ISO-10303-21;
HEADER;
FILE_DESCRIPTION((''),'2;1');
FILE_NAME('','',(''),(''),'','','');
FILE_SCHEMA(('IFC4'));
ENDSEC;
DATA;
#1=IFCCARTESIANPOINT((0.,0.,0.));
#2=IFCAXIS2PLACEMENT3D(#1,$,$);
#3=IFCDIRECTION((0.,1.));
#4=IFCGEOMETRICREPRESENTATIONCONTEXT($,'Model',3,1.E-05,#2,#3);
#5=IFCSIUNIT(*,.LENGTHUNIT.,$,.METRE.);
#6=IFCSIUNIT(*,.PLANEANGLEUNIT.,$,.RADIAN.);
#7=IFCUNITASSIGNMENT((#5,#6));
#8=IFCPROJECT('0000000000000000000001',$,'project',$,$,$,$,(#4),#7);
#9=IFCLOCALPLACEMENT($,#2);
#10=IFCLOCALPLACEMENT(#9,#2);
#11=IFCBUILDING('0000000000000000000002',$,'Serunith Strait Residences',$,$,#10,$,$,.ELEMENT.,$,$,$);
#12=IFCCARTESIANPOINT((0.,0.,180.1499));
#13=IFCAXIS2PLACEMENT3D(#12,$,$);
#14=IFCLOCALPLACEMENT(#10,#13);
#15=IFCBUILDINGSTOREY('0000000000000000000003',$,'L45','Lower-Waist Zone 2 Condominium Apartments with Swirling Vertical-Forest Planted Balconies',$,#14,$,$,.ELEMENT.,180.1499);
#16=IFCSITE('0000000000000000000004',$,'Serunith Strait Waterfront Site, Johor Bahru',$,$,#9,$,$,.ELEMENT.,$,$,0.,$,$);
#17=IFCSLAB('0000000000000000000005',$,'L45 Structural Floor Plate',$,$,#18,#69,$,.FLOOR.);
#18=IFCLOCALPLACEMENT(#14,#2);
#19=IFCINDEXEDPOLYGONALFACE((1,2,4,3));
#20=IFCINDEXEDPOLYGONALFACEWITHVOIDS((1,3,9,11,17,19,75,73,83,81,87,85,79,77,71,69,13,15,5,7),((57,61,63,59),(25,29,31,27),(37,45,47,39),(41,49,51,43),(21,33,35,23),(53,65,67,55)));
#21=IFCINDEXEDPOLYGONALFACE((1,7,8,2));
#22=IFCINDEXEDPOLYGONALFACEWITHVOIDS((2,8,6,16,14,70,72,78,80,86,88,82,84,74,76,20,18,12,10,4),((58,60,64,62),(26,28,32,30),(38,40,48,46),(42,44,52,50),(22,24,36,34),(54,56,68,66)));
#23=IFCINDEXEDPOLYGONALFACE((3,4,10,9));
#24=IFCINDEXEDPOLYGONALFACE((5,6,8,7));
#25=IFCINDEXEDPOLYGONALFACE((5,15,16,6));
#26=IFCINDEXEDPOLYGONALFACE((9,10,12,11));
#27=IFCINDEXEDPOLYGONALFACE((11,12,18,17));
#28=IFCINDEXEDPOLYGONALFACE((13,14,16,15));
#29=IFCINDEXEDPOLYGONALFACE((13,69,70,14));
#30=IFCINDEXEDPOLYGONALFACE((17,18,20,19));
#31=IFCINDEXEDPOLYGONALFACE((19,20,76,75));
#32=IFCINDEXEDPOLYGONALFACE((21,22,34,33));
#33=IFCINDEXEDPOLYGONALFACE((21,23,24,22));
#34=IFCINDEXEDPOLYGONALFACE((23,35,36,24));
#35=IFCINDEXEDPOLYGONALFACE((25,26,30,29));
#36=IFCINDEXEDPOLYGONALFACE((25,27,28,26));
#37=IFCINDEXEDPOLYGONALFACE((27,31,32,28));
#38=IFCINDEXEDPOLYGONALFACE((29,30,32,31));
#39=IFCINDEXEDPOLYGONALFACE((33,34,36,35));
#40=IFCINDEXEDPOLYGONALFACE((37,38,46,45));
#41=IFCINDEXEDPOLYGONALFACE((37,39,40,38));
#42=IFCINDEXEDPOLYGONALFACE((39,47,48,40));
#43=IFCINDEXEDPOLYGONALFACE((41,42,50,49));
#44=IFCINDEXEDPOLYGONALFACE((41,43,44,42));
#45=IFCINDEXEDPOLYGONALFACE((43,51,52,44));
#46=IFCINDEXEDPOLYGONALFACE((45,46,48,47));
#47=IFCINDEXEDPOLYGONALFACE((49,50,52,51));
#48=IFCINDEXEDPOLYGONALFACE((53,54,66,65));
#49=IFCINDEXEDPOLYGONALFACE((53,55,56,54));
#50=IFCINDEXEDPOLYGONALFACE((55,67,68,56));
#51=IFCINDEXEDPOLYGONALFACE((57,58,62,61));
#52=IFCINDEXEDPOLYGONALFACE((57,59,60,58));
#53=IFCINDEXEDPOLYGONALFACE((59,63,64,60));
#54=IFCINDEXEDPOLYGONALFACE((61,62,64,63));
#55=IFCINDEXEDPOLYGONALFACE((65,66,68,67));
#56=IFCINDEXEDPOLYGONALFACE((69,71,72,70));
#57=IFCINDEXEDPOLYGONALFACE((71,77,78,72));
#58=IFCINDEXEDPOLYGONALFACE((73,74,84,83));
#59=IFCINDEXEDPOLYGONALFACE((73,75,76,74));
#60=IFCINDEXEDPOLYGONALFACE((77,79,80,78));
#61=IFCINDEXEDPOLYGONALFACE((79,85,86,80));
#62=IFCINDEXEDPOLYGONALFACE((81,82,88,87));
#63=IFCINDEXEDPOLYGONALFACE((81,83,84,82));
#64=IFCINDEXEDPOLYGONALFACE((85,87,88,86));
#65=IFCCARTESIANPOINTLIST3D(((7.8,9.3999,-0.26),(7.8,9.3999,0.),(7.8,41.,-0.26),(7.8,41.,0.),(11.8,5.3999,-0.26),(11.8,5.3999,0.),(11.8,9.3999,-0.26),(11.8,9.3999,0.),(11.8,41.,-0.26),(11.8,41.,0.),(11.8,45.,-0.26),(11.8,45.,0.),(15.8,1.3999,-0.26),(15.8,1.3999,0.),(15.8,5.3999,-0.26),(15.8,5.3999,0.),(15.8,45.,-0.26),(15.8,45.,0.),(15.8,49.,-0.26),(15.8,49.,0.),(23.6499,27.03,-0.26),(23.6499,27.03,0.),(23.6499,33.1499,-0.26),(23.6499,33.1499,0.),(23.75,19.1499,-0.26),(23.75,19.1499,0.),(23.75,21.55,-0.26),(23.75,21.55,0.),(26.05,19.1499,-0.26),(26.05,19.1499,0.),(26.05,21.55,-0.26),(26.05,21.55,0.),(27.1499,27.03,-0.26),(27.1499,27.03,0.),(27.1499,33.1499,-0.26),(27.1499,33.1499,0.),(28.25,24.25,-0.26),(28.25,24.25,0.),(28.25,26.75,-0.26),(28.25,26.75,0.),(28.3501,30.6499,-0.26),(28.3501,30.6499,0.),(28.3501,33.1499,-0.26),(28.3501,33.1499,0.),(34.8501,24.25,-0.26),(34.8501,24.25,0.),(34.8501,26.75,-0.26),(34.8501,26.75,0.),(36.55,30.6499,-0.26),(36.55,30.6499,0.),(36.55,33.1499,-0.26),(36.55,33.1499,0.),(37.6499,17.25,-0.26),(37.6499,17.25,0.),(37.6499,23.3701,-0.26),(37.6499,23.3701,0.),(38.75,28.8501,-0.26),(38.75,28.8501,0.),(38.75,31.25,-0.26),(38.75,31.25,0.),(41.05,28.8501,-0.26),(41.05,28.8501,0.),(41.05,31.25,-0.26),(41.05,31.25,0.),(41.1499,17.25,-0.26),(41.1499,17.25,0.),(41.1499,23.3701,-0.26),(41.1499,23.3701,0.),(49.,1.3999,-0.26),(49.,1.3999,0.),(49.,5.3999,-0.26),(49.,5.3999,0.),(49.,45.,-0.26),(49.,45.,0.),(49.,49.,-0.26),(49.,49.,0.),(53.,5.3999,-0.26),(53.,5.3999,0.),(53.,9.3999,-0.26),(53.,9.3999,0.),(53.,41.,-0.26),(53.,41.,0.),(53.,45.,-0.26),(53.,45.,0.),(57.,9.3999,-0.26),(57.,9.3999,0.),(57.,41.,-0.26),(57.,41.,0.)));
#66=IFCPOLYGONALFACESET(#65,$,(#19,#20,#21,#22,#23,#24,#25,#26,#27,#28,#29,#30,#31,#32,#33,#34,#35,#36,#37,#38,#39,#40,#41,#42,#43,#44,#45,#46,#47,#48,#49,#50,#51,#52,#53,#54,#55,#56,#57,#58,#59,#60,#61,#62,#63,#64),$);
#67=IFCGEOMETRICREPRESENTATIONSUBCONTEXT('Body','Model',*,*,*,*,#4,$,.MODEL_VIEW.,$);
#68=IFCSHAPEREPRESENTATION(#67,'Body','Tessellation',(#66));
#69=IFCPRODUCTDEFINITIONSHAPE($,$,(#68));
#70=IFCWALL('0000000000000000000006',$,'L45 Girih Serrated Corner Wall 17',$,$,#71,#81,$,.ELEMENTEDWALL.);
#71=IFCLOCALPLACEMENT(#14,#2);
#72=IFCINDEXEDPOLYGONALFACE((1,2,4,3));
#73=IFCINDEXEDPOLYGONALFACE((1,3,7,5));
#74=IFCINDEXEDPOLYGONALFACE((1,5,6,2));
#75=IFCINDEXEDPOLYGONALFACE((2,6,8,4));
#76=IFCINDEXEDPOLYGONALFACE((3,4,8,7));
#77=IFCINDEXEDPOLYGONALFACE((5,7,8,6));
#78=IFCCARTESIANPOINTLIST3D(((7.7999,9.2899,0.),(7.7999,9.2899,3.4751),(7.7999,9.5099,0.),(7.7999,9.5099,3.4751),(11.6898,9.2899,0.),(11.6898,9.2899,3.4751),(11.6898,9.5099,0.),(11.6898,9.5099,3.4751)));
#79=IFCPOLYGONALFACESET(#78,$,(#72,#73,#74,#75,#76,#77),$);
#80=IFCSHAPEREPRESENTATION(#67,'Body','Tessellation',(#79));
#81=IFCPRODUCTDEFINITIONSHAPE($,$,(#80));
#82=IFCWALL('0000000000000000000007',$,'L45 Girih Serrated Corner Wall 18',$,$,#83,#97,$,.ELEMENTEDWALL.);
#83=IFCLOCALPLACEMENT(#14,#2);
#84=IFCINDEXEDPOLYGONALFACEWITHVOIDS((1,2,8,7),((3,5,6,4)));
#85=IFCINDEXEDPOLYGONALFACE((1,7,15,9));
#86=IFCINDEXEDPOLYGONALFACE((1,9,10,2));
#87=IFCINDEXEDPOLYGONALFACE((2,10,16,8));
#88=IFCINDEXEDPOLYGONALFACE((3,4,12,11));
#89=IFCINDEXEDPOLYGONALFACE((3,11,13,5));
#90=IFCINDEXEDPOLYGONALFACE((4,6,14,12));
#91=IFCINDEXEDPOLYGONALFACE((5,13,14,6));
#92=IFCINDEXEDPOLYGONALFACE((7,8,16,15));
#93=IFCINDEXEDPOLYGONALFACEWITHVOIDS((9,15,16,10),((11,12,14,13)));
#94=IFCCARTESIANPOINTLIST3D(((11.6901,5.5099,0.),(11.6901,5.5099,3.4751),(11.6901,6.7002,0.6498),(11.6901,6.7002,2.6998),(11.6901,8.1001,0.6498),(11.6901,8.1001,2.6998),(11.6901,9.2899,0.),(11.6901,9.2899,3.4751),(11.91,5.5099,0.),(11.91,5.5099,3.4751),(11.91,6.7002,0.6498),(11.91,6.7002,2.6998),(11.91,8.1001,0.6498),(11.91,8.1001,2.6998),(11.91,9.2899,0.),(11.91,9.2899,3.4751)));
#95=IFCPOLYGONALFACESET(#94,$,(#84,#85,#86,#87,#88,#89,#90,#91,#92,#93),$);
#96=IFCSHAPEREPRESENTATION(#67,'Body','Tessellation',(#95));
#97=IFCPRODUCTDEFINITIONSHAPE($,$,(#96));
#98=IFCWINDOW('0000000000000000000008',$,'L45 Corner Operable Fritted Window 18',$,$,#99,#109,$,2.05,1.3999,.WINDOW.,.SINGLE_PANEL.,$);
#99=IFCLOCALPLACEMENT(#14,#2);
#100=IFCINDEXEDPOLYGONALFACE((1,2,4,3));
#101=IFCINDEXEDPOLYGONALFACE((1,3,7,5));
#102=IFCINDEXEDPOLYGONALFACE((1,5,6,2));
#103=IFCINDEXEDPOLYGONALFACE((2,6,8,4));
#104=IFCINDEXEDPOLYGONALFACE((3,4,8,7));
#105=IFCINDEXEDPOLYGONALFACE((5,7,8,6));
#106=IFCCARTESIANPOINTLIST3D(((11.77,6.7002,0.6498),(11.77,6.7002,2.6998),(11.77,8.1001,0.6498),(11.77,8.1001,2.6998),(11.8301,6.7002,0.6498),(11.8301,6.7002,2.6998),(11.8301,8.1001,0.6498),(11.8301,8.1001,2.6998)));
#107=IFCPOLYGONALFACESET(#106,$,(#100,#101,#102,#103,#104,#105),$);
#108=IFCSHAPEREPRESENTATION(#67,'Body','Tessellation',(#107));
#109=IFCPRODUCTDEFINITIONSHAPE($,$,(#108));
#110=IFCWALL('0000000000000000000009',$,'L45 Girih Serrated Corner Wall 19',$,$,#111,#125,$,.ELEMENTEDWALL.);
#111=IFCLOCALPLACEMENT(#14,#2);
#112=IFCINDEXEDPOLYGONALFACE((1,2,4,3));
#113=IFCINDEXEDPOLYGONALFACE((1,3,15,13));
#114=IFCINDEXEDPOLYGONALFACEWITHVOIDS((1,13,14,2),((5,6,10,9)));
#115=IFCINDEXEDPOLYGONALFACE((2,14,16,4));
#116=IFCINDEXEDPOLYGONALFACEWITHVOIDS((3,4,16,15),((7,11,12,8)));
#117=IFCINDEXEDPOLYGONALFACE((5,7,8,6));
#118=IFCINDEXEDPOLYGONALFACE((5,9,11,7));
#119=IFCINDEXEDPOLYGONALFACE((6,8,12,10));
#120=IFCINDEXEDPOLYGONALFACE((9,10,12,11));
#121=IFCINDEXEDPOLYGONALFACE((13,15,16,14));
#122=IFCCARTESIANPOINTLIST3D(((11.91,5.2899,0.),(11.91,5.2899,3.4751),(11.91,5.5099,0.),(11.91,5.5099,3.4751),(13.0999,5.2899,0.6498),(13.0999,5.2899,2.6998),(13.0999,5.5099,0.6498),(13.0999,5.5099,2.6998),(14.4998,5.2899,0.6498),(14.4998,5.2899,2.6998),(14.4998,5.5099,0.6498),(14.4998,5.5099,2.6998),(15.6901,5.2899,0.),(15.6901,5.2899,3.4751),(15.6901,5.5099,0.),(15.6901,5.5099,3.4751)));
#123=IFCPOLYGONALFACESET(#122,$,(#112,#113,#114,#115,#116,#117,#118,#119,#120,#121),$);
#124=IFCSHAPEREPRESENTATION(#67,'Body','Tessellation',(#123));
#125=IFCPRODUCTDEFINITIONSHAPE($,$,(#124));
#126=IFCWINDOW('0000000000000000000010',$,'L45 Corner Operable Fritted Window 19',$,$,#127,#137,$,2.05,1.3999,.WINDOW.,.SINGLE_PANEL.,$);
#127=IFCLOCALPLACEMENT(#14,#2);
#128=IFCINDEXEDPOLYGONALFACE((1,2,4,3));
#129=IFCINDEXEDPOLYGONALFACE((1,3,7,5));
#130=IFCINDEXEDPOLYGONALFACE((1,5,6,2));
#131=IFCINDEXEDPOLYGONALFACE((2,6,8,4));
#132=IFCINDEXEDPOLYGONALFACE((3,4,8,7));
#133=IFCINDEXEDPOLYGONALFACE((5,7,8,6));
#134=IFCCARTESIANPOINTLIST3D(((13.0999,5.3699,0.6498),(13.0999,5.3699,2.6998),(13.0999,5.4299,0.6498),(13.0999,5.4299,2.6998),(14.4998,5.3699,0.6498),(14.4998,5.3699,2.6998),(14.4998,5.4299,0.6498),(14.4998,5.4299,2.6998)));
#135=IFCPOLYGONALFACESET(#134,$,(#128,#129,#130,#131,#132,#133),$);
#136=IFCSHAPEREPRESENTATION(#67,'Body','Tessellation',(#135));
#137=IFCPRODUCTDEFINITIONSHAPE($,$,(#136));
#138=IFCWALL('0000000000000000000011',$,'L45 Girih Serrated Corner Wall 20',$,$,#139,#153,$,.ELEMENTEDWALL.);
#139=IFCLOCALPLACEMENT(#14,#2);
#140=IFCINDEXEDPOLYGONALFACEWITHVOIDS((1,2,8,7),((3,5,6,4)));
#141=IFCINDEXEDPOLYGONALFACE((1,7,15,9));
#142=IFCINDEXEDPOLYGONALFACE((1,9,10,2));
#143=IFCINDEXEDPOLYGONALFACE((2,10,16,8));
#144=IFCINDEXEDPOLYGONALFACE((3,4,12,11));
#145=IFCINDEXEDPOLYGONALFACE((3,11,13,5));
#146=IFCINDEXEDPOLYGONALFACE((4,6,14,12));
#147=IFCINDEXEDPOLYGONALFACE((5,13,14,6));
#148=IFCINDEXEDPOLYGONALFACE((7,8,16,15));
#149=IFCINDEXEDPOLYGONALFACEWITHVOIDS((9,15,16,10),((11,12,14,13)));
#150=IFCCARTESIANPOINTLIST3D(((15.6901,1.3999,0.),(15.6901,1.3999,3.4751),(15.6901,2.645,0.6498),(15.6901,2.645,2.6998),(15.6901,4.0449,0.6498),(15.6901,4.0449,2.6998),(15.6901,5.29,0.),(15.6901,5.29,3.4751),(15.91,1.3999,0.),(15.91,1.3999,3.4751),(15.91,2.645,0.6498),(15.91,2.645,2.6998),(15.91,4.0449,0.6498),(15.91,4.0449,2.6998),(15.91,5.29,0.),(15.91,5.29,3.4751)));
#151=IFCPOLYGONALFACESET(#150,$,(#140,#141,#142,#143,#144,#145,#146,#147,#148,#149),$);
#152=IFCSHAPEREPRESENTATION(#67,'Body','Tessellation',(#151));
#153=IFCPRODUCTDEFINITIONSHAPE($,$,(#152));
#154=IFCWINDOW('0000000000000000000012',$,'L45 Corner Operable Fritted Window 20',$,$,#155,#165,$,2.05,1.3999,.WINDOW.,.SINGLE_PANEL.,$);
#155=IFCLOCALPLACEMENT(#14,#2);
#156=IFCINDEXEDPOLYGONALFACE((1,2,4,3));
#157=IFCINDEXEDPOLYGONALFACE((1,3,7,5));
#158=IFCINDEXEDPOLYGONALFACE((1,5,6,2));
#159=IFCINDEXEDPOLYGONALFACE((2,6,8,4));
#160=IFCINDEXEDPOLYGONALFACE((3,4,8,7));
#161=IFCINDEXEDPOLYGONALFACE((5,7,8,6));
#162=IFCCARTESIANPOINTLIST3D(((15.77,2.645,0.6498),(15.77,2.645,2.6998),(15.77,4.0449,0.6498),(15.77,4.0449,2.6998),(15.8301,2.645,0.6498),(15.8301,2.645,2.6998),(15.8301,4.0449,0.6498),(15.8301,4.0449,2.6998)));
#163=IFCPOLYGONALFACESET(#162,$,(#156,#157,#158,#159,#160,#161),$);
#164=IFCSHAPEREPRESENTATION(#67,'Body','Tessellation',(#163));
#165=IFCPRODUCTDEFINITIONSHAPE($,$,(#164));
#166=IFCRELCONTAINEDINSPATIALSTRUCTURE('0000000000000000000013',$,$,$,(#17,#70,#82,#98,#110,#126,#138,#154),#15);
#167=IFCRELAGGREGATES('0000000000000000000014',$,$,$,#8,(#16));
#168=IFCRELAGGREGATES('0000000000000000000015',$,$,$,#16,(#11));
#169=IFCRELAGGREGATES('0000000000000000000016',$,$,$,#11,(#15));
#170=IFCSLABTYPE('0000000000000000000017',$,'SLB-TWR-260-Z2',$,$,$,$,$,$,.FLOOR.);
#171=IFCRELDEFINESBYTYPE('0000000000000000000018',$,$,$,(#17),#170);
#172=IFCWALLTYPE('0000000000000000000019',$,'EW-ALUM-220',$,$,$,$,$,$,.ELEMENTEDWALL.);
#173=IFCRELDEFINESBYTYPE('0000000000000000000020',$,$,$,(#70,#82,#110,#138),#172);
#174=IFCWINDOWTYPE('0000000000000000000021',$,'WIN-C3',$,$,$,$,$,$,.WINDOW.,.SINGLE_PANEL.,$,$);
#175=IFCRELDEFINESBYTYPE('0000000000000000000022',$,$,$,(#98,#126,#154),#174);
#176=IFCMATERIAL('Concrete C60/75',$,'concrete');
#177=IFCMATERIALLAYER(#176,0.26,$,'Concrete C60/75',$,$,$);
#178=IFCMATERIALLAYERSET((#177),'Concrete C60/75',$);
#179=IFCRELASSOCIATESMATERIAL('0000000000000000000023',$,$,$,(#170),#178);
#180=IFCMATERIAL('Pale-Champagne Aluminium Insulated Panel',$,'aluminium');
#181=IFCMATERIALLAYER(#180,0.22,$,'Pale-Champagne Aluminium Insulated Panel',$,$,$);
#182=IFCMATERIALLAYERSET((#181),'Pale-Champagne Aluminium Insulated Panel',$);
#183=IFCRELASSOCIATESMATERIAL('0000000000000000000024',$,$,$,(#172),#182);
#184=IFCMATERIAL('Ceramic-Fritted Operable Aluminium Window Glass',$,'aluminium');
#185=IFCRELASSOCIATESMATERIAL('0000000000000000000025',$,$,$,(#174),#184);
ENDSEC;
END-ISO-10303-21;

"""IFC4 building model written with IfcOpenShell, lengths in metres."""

from ifc_helpers import new_model, si_unit, direction, frame, frame_2d, origin, place, context, subcontext, project, spatial, polyline, rectangle, outline, extrude, source, transform, mapped, material, layer, layer_set, type_object, element, fill, save


model = new_model("IFC4")

# Units and contexts
model_context = context("Model", 3, precision=1e-05, world=origin(), true_north=direction((0.0, 1.0)))
body_context = subcontext(model_context, "Body", "Model", "MODEL_VIEW")
ifc_project = project(units=[si_unit("LENGTHUNIT", "METRE"), si_unit("PLANEANGLEUNIT", "RADIAN")], contexts=[model_context])

# Site, building, storey
site_placement = place(None, origin())
site = spatial("IfcSite", under=ifc_project, at=site_placement, Name="Serunith Strait Waterfront Site, Johor Bahru", CompositionType="ELEMENT", RefElevation=0.0)
building_placement = place(site_placement, origin())
building = spatial("IfcBuilding", under=site, at=building_placement, Name="Serunith Strait Residences", CompositionType="ELEMENT")
storey_placement = place(building_placement, frame((0.0, 0.0, 180.1499)))
storey = spatial("IfcBuildingStorey", under=building, at=storey_placement, Name="L45", Description="Lower-Waist Zone 2 Condominium Apartments with Swirling Vertical-Forest Planted Balconies", CompositionType="ELEMENT", Elevation=180.1499)

# Slab
ifc_material_1 = material(Name="Concrete C60/75", Category="concrete")
ifc_layer_1 = layer(ifc_material_1, 0.26, Name="Concrete C60/75")
ifc_layer_set_1 = layer_set([ifc_layer_1], Name="Concrete C60/75")
slab_type_1 = type_object("IfcSlabType", Name="SLB-TWR-260-Z2", PredefinedType="FLOOR", material=ifc_layer_set_1)
slab_1_placement = place(storey_placement, frame((0.0, 0.0, -0.26)))
element("IfcSlab", 1, at=slab_1_placement, inside=storey, type_object=slab_type_1, Name="L45 Structural Floor Plate", PredefinedType="FLOOR", context=body_context, shape_type="SweptSolid", body=[
    extrude(outline(polyline([(15.8, 5.3999), (11.8, 5.3999), (11.8, 9.3999), (7.8, 9.3999), (7.8, 41.0), (11.8, 41.0), (11.8, 45.0), (15.8, 45.0), (15.8, 49.0), (49.0, 49.0), (49.0, 45.0), (53.0, 45.0), (53.0, 41.0), (57.0, 41.0), (57.0, 9.3999), (53.0, 9.3999), (53.0, 5.3999), (49.0, 5.3999), (49.0, 1.3999), (15.8, 1.3999), (15.8, 5.3999)]), holes=[polyline([(41.1499, 23.3701), (37.6499, 23.3701), (37.6499, 17.25), (41.1499, 17.25), (41.1499, 23.3701)]), polyline([(38.75, 31.25), (38.75, 28.8501), (41.05, 28.8501), (41.05, 31.25), (38.75, 31.25)]), polyline([(36.55, 33.1499), (28.3501, 33.1499), (28.3501, 30.6499), (36.55, 30.6499), (36.55, 33.1499)]), polyline([(34.8501, 26.75), (28.25, 26.75), (28.25, 24.25), (34.8501, 24.25), (34.8501, 26.75)]), polyline([(23.6499, 33.1499), (23.6499, 27.03), (27.1499, 27.03), (27.1499, 33.1499), (23.6499, 33.1499)]), polyline([(26.05, 21.55), (23.75, 21.55), (23.75, 19.1499), (26.05, 19.1499), (26.05, 21.55)])]), origin(), (0.0, 0.0, 1.0), 0.26),
])

# Wall
ifc_material_2 = material(Name="Pale-Champagne Aluminium Insulated Panel", Category="aluminium")
ifc_layer_2 = layer(ifc_material_2, 0.22, Name="Pale-Champagne Aluminium Insulated Panel")
ifc_layer_set_2 = layer_set([ifc_layer_2], Name="Pale-Champagne Aluminium Insulated Panel")
wall_type_1 = type_object("IfcWallType", Name="EW-ALUM-220", PredefinedType="ELEMENTEDWALL", material=ifc_layer_set_2)
wall_1_placement = place(storey_placement, frame((7.8, 9.3999, 0.0), z_axis=(0.0, 0.0, 1.0), x_axis=(1.0, 0.0, 0.0)))
element("IfcWall", 2, at=wall_1_placement, inside=storey, type_object=wall_type_1, Name="L45 Girih Serrated Corner Wall 17", PredefinedType="ELEMENTEDWALL", context=body_context, shape_type="SweptSolid", body=[
    extrude(rectangle(XDim=3.8899, YDim=0.22, at=frame_2d((1.9448, 0.0))), origin(), (0.0, 0.0, 1.0), 3.4751),
])

# Walls, openings, windows
wall_2_placement = place(storey_placement, frame((11.8, 9.29, 0.0), z_axis=(0.0, 0.0, 1.0), x_axis=(0.0, -1.0, 0.0)))
wall_2 = element("IfcWall", 3, at=wall_2_placement, inside=storey, type_object=wall_type_1, Name="L45 Girih Serrated Corner Wall 18", PredefinedType="ELEMENTEDWALL", context=body_context, shape_type="SweptSolid", body=[
    extrude(rectangle(XDim=3.78, YDim=0.22, at=frame_2d((1.8901, 0.0))), origin(), (0.0, 0.0, 1.0), 3.4751),
])
opening_1_placement = place(wall_2_placement, frame((1.1899, 0.0, 0.6499)))
opening_1 = element("IfcOpeningElement", 4, at=opening_1_placement, cuts=wall_2, PredefinedType="OPENING", context=body_context, shape_type="SweptSolid", body=[
    extrude(rectangle(XDim=1.3999, YDim=2.05, at=frame_2d((0.7, 1.0249))), frame((0.0, 0.1201, 0.0), z_axis=(0.0, -1.0, 0.0), x_axis=(1.0, 0.0, 0.0)), (0.0, 0.0, 1.0), 0.24),
])
ifc_material_3 = material(Name="Ceramic-Fritted Operable Aluminium Window Glass", Category="aluminium")
window_type = type_object("IfcWindowType", Name="WIN-C3", PartitioningType="SINGLE_PANEL", PredefinedType="WINDOW", material=ifc_material_3)
shared_shape_1 = source(origin(), body_context, "Body", "SweptSolid", [
    extrude(rectangle(XDim=1.3999, YDim=2.05, at=frame_2d((0.7, 1.0249))), frame((0.0, 0.03, 0.0), z_axis=(0.0, -1.0, 0.0), x_axis=(1.0, 0.0, 0.0)), (0.0, 0.0, 1.0), 0.0601),
])
window_1_placement = place(opening_1_placement, origin())
window_1 = element("IfcWindow", 5, at=window_1_placement, inside=storey, type_object=window_type, Name="L45 Corner Operable Fritted Window 18", OverallHeight=2.05, OverallWidth=1.3999, PartitioningType="SINGLE_PANEL", PredefinedType="WINDOW", context=body_context, shape_type="MappedRepresentation", body=[
    mapped(shared_shape_1, transform((0.0, 0.0, 0.0), scale=1.0)),
])
fill(opening_1, window_1)
wall_3_placement = place(storey_placement, frame((11.9099, 5.3999, 0.0), z_axis=(0.0, 0.0, 1.0), x_axis=(1.0, 0.0, 0.0)))
wall_3 = element("IfcWall", 6, at=wall_3_placement, inside=storey, type_object=wall_type_1, Name="L45 Girih Serrated Corner Wall 19", PredefinedType="ELEMENTEDWALL", context=body_context, shape_type="SweptSolid", body=[
    extrude(rectangle(XDim=3.78, YDim=0.22, at=frame_2d((1.8901, 0.0))), origin(), (0.0, 0.0, 1.0), 3.4751),
])
opening_2_placement = place(wall_3_placement, frame((1.1899, 0.0, 0.6499)))
opening_2 = element("IfcOpeningElement", 7, at=opening_2_placement, cuts=wall_3, PredefinedType="OPENING", context=body_context, shape_type="SweptSolid", body=[
    extrude(rectangle(XDim=1.3999, YDim=2.05, at=frame_2d((0.7, 1.0249))), frame((0.0, 0.1201, 0.0), z_axis=(0.0, -1.0, 0.0), x_axis=(1.0, 0.0, 0.0)), (0.0, 0.0, 1.0), 0.24),
])
window_2_placement = place(opening_2_placement, origin())
window_2 = element("IfcWindow", 8, at=window_2_placement, inside=storey, type_object=window_type, Name="L45 Corner Operable Fritted Window 19", OverallHeight=2.05, OverallWidth=1.3999, PartitioningType="SINGLE_PANEL", PredefinedType="WINDOW", context=body_context, shape_type="MappedRepresentation", body=[
    mapped(shared_shape_1, transform((0.0, 0.0, 0.0), scale=1.0)),
])
fill(opening_2, window_2)
wall_4_placement = place(storey_placement, frame((15.8, 5.29, 0.0), z_axis=(0.0, 0.0, 1.0), x_axis=(0.0, -1.0, 0.0)))
wall_4 = element("IfcWall", 9, at=wall_4_placement, inside=storey, type_object=wall_type_1, Name="L45 Girih Serrated Corner Wall 20", PredefinedType="ELEMENTEDWALL", context=body_context, shape_type="SweptSolid", body=[
    extrude(rectangle(XDim=3.8901, YDim=0.22, at=frame_2d((1.9451, 0.0))), origin(), (0.0, 0.0, 1.0), 3.4751),
])
opening_3_placement = place(wall_4_placement, frame((1.2451, 0.0, 0.6499)))
opening_3 = element("IfcOpeningElement", 10, at=opening_3_placement, cuts=wall_4, PredefinedType="OPENING", context=body_context, shape_type="SweptSolid", body=[
    extrude(rectangle(XDim=1.3999, YDim=2.05, at=frame_2d((0.7, 1.0249))), frame((0.0, 0.1201, 0.0), z_axis=(0.0, -1.0, 0.0), x_axis=(1.0, 0.0, 0.0)), (0.0, 0.0, 1.0), 0.24),
])
window_3_placement = place(opening_3_placement, origin())
window_3 = element("IfcWindow", 11, at=window_3_placement, inside=storey, type_object=window_type, Name="L45 Corner Operable Fritted Window 20", OverallHeight=2.05, OverallWidth=1.3999, PartitioningType="SINGLE_PANEL", PredefinedType="WINDOW", context=body_context, shape_type="MappedRepresentation", body=[
    mapped(shared_shape_1, transform((0.0, 0.0, 0.0), scale=1.0)),
])
fill(opening_3, window_3)

save(model, "model.ifc")
